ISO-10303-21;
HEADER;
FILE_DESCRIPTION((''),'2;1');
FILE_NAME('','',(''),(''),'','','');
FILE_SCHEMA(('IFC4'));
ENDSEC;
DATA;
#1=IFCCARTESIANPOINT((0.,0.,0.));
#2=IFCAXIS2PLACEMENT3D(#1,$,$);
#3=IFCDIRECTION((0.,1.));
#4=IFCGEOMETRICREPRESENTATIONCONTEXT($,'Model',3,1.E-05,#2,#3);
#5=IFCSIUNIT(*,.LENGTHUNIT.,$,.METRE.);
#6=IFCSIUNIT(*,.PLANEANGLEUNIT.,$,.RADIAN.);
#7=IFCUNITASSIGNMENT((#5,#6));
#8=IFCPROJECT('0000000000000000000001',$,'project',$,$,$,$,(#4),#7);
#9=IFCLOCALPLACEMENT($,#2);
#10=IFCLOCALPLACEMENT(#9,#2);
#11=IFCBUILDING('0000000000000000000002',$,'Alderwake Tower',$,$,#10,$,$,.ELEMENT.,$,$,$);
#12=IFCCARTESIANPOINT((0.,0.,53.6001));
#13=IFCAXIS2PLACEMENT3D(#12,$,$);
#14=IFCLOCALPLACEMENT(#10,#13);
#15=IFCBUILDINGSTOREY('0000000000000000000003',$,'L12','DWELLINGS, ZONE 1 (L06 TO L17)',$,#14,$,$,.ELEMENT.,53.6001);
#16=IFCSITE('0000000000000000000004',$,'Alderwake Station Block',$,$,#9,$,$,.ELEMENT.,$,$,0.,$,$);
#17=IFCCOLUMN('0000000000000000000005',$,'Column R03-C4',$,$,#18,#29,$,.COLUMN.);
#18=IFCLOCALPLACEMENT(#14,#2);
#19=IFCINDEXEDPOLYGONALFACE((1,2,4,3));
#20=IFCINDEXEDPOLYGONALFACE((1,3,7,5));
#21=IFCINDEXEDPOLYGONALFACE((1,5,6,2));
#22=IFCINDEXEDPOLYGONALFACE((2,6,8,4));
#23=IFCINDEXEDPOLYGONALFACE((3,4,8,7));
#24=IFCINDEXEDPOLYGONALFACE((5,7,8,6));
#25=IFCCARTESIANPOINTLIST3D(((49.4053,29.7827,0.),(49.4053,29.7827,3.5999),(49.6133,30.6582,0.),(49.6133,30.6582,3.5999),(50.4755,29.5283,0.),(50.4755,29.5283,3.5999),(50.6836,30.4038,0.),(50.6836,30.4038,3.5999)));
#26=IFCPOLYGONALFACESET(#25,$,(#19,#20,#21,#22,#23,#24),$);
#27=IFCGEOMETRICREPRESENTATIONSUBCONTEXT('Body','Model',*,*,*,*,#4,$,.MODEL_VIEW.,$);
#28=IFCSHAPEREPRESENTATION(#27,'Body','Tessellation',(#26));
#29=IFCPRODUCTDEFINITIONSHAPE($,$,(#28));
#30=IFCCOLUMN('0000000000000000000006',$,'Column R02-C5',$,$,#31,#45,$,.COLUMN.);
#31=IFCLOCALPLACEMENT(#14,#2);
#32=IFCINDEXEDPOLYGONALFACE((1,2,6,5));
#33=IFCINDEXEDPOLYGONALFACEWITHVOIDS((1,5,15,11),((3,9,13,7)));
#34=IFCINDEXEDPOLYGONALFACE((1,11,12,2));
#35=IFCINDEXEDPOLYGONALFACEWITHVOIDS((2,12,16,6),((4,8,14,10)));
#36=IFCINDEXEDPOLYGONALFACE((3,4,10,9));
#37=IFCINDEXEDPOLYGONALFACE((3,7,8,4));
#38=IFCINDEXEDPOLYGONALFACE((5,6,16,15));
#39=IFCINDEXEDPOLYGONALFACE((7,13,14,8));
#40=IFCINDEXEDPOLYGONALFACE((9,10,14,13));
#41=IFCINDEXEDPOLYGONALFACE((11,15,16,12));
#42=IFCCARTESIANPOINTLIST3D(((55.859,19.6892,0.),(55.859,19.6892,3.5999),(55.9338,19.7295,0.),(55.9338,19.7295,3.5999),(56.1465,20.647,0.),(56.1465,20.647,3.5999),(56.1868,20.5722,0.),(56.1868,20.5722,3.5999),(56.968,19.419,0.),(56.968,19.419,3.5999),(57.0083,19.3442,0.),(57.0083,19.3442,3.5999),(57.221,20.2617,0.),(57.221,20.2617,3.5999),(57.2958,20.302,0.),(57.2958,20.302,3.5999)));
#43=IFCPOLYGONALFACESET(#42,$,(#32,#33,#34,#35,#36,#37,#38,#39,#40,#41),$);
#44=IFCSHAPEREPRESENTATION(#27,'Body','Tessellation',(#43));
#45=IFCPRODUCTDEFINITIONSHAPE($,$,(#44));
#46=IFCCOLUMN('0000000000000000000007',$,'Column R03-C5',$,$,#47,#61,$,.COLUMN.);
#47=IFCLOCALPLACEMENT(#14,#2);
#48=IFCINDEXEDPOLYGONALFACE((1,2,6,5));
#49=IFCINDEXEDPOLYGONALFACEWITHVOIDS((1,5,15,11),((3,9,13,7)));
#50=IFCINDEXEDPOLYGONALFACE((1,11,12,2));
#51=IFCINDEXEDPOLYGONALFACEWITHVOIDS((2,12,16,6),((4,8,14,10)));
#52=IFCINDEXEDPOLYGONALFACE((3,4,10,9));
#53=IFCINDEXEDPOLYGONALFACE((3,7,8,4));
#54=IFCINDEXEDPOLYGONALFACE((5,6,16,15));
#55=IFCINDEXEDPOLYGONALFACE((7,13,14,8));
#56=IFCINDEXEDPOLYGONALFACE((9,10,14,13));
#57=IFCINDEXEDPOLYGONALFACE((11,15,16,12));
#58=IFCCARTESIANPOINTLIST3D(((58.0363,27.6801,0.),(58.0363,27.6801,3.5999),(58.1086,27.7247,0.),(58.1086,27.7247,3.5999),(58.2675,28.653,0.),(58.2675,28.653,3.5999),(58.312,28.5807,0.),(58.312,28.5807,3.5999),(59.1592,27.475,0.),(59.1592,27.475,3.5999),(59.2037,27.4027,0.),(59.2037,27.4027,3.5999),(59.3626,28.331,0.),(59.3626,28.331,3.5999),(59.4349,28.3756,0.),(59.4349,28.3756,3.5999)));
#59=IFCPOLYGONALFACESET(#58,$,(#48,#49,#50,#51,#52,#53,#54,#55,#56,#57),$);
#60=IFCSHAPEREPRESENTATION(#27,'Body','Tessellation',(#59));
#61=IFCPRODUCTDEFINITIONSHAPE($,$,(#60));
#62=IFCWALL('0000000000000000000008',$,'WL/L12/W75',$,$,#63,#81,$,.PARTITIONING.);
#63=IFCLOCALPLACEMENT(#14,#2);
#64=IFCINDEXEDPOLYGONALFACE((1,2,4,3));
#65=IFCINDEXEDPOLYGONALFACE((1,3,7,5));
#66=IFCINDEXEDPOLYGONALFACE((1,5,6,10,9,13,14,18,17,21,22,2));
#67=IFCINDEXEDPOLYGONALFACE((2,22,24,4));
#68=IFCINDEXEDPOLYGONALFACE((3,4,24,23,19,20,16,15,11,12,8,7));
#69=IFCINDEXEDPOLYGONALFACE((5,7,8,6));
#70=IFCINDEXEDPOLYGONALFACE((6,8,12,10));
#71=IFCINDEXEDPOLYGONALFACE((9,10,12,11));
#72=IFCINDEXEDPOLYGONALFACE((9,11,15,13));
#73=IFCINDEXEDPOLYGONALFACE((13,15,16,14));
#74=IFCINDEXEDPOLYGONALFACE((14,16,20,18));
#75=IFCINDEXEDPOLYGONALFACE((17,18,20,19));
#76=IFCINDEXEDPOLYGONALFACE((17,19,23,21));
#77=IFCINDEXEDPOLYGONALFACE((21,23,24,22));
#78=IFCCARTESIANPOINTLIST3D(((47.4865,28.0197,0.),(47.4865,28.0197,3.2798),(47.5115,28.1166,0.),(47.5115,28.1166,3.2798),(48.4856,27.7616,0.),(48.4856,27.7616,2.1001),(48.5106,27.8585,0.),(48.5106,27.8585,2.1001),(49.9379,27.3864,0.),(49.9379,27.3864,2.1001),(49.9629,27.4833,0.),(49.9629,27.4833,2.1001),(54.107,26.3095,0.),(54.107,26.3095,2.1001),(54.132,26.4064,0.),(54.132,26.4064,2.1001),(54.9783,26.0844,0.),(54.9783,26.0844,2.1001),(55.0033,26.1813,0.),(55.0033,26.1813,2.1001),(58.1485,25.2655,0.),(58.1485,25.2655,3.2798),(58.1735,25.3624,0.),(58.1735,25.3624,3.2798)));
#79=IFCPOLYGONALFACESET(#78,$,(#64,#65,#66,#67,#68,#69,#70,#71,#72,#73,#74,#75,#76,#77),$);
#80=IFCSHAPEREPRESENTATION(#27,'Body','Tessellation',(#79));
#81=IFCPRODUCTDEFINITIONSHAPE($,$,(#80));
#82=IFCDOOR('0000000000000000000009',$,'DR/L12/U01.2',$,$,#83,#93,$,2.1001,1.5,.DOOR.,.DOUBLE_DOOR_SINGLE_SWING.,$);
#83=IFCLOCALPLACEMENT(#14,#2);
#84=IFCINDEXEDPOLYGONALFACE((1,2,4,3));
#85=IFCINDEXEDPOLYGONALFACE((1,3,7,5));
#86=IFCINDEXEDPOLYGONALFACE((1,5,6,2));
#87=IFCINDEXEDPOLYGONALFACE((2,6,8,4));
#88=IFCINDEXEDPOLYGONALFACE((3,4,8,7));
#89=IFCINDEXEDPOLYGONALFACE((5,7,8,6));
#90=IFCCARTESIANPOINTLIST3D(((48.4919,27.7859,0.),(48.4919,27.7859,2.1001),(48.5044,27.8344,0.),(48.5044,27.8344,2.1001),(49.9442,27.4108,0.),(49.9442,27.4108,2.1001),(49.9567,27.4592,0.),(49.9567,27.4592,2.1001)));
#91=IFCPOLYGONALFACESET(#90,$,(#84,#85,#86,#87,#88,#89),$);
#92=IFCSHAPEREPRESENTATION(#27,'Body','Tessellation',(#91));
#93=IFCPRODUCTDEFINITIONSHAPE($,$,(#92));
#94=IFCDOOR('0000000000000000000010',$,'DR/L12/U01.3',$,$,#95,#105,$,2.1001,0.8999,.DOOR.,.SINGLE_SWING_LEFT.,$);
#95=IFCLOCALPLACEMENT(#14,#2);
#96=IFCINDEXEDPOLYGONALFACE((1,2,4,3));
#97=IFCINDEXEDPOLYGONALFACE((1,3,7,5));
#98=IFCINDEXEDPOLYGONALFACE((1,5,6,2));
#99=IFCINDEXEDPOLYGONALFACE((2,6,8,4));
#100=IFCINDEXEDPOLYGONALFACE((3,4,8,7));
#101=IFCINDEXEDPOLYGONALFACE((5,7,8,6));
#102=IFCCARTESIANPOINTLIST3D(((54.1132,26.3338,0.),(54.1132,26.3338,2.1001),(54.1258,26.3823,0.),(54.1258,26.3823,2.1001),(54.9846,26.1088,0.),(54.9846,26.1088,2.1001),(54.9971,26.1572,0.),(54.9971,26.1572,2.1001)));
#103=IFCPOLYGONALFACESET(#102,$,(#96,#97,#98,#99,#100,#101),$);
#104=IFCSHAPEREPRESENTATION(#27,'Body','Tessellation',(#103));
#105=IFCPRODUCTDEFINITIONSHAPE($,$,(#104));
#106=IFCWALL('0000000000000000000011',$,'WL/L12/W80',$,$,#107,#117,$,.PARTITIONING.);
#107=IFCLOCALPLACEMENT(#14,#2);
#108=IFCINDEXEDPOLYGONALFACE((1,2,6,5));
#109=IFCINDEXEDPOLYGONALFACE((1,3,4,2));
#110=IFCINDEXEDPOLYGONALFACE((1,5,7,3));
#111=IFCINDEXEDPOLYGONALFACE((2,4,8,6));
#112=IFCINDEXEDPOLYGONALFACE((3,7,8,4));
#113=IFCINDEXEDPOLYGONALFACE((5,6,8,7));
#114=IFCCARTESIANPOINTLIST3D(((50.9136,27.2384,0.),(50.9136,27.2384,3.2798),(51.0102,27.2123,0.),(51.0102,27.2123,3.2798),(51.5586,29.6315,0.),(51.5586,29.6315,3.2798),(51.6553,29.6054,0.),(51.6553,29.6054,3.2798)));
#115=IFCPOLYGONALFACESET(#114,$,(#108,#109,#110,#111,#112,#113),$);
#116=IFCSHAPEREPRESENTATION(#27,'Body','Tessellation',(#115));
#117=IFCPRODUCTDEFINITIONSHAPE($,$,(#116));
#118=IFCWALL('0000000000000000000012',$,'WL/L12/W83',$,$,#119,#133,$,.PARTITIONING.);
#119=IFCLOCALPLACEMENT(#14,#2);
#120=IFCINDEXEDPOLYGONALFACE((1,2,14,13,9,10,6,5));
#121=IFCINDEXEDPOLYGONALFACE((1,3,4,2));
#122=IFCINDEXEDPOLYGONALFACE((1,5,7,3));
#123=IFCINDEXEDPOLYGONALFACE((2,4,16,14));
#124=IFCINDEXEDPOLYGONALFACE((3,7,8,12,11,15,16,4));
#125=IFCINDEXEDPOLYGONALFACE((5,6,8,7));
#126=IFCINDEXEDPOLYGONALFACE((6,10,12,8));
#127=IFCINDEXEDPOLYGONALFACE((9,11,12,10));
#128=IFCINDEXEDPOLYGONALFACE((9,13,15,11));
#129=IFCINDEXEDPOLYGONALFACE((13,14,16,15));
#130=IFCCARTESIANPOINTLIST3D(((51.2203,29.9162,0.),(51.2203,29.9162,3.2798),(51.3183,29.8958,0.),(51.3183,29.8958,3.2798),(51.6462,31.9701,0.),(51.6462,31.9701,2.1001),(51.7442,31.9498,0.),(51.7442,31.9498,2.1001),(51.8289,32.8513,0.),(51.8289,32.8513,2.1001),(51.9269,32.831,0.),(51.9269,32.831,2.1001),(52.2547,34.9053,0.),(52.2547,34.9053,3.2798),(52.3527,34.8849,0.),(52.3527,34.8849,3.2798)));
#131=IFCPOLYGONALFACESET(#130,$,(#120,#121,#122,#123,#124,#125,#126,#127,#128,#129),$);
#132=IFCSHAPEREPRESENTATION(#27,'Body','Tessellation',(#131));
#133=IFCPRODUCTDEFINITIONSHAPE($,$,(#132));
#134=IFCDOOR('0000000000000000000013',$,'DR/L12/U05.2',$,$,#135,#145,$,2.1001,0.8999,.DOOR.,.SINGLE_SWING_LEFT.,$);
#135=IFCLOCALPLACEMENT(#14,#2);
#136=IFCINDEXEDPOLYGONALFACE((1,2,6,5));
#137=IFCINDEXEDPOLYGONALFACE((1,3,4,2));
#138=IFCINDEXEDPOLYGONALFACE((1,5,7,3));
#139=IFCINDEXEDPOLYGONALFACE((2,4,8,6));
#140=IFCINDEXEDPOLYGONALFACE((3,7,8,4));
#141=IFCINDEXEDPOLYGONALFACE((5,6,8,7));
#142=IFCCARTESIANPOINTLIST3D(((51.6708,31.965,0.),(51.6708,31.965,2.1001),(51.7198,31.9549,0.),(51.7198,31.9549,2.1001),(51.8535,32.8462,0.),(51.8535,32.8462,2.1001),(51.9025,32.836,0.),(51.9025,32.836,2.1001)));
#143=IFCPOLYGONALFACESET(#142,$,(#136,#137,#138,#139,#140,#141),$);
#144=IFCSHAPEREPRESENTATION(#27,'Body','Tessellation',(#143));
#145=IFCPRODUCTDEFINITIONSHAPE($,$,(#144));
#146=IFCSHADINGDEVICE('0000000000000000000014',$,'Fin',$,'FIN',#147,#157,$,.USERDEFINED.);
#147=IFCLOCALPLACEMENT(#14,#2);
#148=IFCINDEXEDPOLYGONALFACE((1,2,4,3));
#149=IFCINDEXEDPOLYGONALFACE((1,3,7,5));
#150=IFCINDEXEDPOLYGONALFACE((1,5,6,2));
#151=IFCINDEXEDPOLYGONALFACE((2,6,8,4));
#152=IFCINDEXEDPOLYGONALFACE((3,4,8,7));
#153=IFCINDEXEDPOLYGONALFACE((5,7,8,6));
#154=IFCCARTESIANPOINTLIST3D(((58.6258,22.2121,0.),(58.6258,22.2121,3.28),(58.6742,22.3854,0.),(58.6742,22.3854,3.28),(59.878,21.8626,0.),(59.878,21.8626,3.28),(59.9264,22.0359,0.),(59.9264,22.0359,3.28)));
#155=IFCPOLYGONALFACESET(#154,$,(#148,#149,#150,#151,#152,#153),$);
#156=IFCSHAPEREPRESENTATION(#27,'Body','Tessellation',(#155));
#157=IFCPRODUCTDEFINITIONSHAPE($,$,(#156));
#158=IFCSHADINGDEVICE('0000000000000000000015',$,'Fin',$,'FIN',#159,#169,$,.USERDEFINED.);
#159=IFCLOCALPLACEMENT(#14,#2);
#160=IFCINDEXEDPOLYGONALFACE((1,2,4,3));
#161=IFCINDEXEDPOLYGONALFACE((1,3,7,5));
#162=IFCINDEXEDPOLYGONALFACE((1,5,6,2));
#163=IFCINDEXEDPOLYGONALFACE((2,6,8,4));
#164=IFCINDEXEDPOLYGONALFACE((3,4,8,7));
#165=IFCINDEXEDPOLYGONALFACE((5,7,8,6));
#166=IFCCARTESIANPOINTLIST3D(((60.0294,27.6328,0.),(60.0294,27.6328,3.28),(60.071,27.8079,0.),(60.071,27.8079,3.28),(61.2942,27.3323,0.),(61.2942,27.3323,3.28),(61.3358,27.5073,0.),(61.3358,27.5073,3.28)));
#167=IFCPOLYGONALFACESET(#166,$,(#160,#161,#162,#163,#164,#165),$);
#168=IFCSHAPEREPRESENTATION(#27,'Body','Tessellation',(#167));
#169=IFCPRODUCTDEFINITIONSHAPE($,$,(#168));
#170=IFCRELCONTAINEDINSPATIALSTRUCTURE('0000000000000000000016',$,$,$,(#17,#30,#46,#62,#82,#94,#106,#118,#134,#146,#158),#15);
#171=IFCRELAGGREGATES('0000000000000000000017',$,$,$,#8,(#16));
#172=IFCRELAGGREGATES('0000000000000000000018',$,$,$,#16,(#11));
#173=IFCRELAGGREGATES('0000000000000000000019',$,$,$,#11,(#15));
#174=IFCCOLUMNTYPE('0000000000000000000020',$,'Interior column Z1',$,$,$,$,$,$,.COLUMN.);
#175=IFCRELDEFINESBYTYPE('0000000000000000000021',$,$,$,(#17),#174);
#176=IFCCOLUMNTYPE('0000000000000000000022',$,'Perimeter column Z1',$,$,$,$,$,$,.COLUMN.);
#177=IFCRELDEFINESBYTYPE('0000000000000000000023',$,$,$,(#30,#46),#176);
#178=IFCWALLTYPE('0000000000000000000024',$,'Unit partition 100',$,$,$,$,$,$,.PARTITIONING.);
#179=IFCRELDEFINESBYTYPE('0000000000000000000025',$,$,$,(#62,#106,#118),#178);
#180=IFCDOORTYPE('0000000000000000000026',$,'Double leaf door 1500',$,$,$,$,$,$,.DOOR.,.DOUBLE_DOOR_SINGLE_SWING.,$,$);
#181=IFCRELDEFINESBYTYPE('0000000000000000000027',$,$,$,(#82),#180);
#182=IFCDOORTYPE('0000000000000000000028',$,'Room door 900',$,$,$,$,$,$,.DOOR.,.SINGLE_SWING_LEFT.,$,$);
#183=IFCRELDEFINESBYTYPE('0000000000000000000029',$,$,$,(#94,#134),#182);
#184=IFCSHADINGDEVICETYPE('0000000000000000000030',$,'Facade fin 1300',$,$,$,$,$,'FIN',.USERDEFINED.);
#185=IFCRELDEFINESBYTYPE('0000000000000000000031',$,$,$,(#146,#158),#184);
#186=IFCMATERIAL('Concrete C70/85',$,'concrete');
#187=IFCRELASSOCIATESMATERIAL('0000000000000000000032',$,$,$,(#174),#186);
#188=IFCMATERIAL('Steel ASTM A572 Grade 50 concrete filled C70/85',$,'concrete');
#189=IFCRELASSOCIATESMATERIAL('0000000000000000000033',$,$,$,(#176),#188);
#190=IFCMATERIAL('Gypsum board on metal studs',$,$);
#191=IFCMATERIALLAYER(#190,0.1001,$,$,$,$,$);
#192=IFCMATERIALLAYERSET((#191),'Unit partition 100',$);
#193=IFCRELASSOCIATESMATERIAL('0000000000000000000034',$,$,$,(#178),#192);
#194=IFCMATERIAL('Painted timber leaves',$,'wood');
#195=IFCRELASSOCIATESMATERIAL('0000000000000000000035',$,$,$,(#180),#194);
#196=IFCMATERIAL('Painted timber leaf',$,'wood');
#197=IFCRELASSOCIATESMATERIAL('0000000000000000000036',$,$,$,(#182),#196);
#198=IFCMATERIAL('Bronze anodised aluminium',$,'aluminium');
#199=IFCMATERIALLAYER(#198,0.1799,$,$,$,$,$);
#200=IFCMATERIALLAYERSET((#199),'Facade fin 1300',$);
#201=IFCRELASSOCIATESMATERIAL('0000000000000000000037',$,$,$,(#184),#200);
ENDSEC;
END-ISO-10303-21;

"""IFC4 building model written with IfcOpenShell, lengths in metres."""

from ifc_helpers import new_model, si_unit, direction, frame, frame_2d, origin, origin_2d, place, context, subcontext, project, spatial, rectangle, hollow_rectangle, extrude, material, layer, layer_set, material_profile, profile_set, type_object, element, fill, save


model = new_model("IFC4")

# Units and contexts
model_context = context("Model", 3, precision=1e-05, world=origin(), true_north=direction((0.0, 1.0)))
body_context = subcontext(model_context, "Body", "Model", "MODEL_VIEW")
ifc_project = project(units=[si_unit("LENGTHUNIT", "METRE"), si_unit("PLANEANGLEUNIT", "RADIAN")], contexts=[model_context])

# Site, building, storey
site_placement = place(None, origin())
site = spatial("IfcSite", under=ifc_project, at=site_placement, Name="Alderwake Station Block", CompositionType="ELEMENT", RefElevation=0.0)
building_placement = place(site_placement, origin())
building = spatial("IfcBuilding", under=site, at=building_placement, Name="Alderwake Tower", CompositionType="ELEMENT")
storey_placement = place(building_placement, frame((0.0, 0.0, 53.6001)))
storey = spatial("IfcBuildingStorey", under=building, at=storey_placement, Name="L12", Description="DWELLINGS, ZONE 1 (L06 TO L17)", CompositionType="ELEMENT", Elevation=53.6001)

# Columns
ifc_material_1 = material(Name="Concrete C70/85", Category="concrete")
ifc_material_profile_1 = material_profile(ifc_material_1, rectangle(XDim=0.8999, YDim=1.1001, at=origin_2d()), Name="RC 1100X900")
ifc_profile_set_1 = profile_set([ifc_material_profile_1], Name="Concrete C70/85")
column_type_1 = type_object("IfcColumnType", Name="Interior column Z1", PredefinedType="COLUMN", material=ifc_profile_set_1)
column_placement = place(storey_placement, frame((50.0444, 30.0933, 0.0), z_axis=(0.0, 0.0, 1.0), x_axis=(0.231222, 0.972901, 0.0)))
element("IfcColumn", 1, at=column_placement, inside=storey, type_object=column_type_1, Name="Column R03-C4", PredefinedType="COLUMN", context=body_context, shape_type="SweptSolid", body=[
    extrude(rectangle(XDim=0.8999, YDim=1.1001, at=origin_2d()), origin(), (0.0, 0.0, 1.0), 3.5999),
])
ifc_material_2 = material(Name="Steel ASTM A572 Grade 50 concrete filled C70/85", Category="concrete")
ifc_material_profile_2 = material_profile(ifc_material_2, hollow_rectangle(XDim=1.0, YDim=1.2, WallThickness=0.0601, at=origin_2d()), Name="BOX 1200X1000X60")
ifc_profile_set_2 = profile_set([ifc_material_profile_2], Name="Steel ASTM A572 Grade 50 concrete filled C70/85")
column_type_2 = type_object("IfcColumnType", Name="Perimeter column Z1", PredefinedType="COLUMN", material=ifc_profile_set_2)
for number, where, z_axis, x_axis, name in (
    (2, (56.5774, 19.9956, 0.0), (0.0, 0.0, 1.0), (0.287549, 0.957766, 0.0), "Column R02-C5"),
    (3, (58.7356, 28.0278, 0.0), (0.0, 0.0, 1.0), (0.231222, 0.972901, 0.0), "Column R03-C5"),
):
    element("IfcColumn", number, at=place(storey_placement, frame(where, z_axis=z_axis, x_axis=x_axis)), inside=storey, type_object=column_type_2, Name=name, PredefinedType="COLUMN", context=body_context, shape_type="SweptSolid", body=[
        extrude(hollow_rectangle(XDim=1.0, YDim=1.2, WallThickness=0.0601, at=origin_2d()), origin(), (0.0, 0.0, 1.0), 3.5999),
    ])

# Wall, openings, doors
ifc_material_3 = material(Name="Gypsum board on metal studs")
ifc_layer_1 = layer(ifc_material_3, 0.1001)
ifc_layer_set_1 = layer_set([ifc_layer_1], Name="Unit partition 100")
wall_type_1 = type_object("IfcWallType", Name="Unit partition 100", PredefinedType="PARTITIONING", material=ifc_layer_set_1)
wall_1_placement = place(storey_placement, frame((58.1609, 25.314, 0.0), z_axis=(0.0, 0.0, 1.0), x_axis=(-0.968218, 0.250108, 0.0)))
wall_1 = element("IfcWall", 4, at=wall_1_placement, inside=storey, type_object=wall_type_1, Name="WL/L12/W75", PredefinedType="PARTITIONING", context=body_context, shape_type="SweptSolid", body=[
    extrude(rectangle(XDim=11.012, YDim=0.1001, at=frame_2d((5.5059, 0.0))), origin(), (0.0, 0.0, 1.0), 3.2798),
])
opening_1_placement = place(wall_1_placement, frame((8.48, 0.0, 0.0)))
opening_1 = element("IfcOpeningElement", 5, at=opening_1_placement, cuts=wall_1, PredefinedType="OPENING", context=body_context, shape_type="SweptSolid", body=[
    extrude(rectangle(XDim=1.5, YDim=2.1001, at=frame_2d((0.75, 1.05))), frame((0.0, 0.0601, 0.0), z_axis=(0.0, -1.0, 0.0), x_axis=(1.0, 0.0, 0.0)), (0.0, 0.0, 1.0), 0.1201),
])
opening_2_placement = place(wall_1_placement, frame((3.2742, 0.0, 0.0)))
opening_2 = element("IfcOpeningElement", 6, at=opening_2_placement, cuts=wall_1, PredefinedType="OPENING", context=body_context, shape_type="SweptSolid", body=[
    extrude(rectangle(XDim=0.8999, YDim=2.1001, at=frame_2d((0.45, 1.05))), frame((0.0, 0.0601, 0.0), z_axis=(0.0, -1.0, 0.0), x_axis=(1.0, 0.0, 0.0)), (0.0, 0.0, 1.0), 0.1201),
])
ifc_material_4 = material(Name="Painted timber leaves", Category="wood")
door_type_1 = type_object("IfcDoorType", Name="Double leaf door 1500", OperationType="DOUBLE_DOOR_SINGLE_SWING", PredefinedType="DOOR", material=ifc_material_4)
door_1_placement = place(opening_1_placement, origin())
door_1 = element("IfcDoor", 7, at=door_1_placement, inside=storey, type_object=door_type_1, Name="DR/L12/U01.2", OperationType="DOUBLE_DOOR_SINGLE_SWING", OverallHeight=2.1001, OverallWidth=1.5, PredefinedType="DOOR", context=body_context, shape_type="SweptSolid", body=[
    extrude(rectangle(XDim=1.5, YDim=2.1001, at=frame_2d((0.75, 1.05))), frame((0.0, 0.0249, 0.0), z_axis=(0.0, -1.0, 0.0), x_axis=(1.0, 0.0, 0.0)), (0.0, 0.0, 1.0), 0.05),
])
fill(opening_1, door_1)
ifc_material_5 = material(Name="Painted timber leaf", Category="wood")
door_type_2 = type_object("IfcDoorType", Name="Room door 900", OperationType="SINGLE_SWING_LEFT", PredefinedType="DOOR", material=ifc_material_5)
door_2_placement = place(opening_2_placement, origin())
door_2 = element("IfcDoor", 8, at=door_2_placement, inside=storey, type_object=door_type_2, Name="DR/L12/U01.3", OperationType="SINGLE_SWING_LEFT", OverallHeight=2.1001, OverallWidth=0.8999, PredefinedType="DOOR", context=body_context, shape_type="SweptSolid", body=[
    extrude(rectangle(XDim=0.8999, YDim=2.1001, at=frame_2d((0.45, 1.05))), frame((0.0, 0.0249, 0.0), z_axis=(0.0, -1.0, 0.0), x_axis=(1.0, 0.0, 0.0)), (0.0, 0.0, 1.0), 0.05),
])
fill(opening_2, door_2)

# Wall
wall_2_placement = place(storey_placement, frame((50.9619, 27.2253, 0.0), z_axis=(0.0, 0.0, 1.0), x_axis=(0.260249, 0.965542, 0.0)))
element("IfcWall", 9, at=wall_2_placement, inside=storey, type_object=wall_type_1, Name="WL/L12/W80", PredefinedType="PARTITIONING", context=body_context, shape_type="SweptSolid", body=[
    extrude(rectangle(XDim=2.4785, YDim=0.1001, at=frame_2d((1.2393, 0.0))), origin(), (0.0, 0.0, 1.0), 3.2798),
])

# Wall, opening, door
wall_3_placement = place(storey_placement, frame((51.2693, 29.906, 0.0), z_axis=(0.0, 0.0, 1.0), x_axis=(0.203022, 0.979174, 0.0)))
wall_3 = element("IfcWall", 10, at=wall_3_placement, inside=storey, type_object=wall_type_1, Name="WL/L12/W83", PredefinedType="PARTITIONING", context=body_context, shape_type="SweptSolid", body=[
    extrude(rectangle(XDim=5.0952, YDim=0.1001, at=frame_2d((2.5476, 0.0))), origin(), (0.0, 0.0, 1.0), 3.2798),
])
opening_3_placement = place(wall_3_placement, frame((2.0977, 0.0, 0.0)))
opening_3 = element("IfcOpeningElement", 11, at=opening_3_placement, cuts=wall_3, PredefinedType="OPENING", context=body_context, shape_type="SweptSolid", body=[
    extrude(rectangle(XDim=0.8999, YDim=2.1001, at=frame_2d((0.45, 1.05))), frame((0.0, 0.0601, 0.0), z_axis=(0.0, -1.0, 0.0), x_axis=(1.0, 0.0, 0.0)), (0.0, 0.0, 1.0), 0.1201),
])
door_3_placement = place(opening_3_placement, origin())
door_3 = element("IfcDoor", 12, at=door_3_placement, inside=storey, type_object=door_type_2, Name="DR/L12/U05.2", OperationType="SINGLE_SWING_LEFT", OverallHeight=2.1001, OverallWidth=0.8999, PredefinedType="DOOR", context=body_context, shape_type="SweptSolid", body=[
    extrude(rectangle(XDim=0.8999, YDim=2.1001, at=frame_2d((0.45, 1.05))), frame((0.0, 0.0249, 0.0), z_axis=(0.0, -1.0, 0.0), x_axis=(1.0, 0.0, 0.0)), (0.0, 0.0, 1.0), 0.05),
])
fill(opening_3, door_3)

# Shading devices
ifc_material_6 = material(Name="Bronze anodised aluminium", Category="aluminium")
ifc_layer_2 = layer(ifc_material_6, 0.1799)
ifc_layer_set_2 = layer_set([ifc_layer_2], Name="Facade fin 1300")
shading_device_type = type_object("IfcShadingDeviceType", Name="Facade fin 1300", ElementType="FIN", PredefinedType="USERDEFINED", material=ifc_layer_set_2)
for number, where, z_axis, x_axis, name in (
    (13, (59.2761, 22.124, 0.0), (0.0, 0.0, 1.0), (0.963182, -0.268851, 0.0), "Fin"),
    (14, (60.6826, 27.5701, 0.0), (0.0, 0.0, 1.0), (0.972909, -0.231189, 0.0), "Fin"),
):
    element("IfcShadingDevice", number, at=place(storey_placement, frame(where, z_axis=z_axis, x_axis=x_axis)), inside=storey, type_object=shading_device_type, Name=name, ObjectType="FIN", PredefinedType="USERDEFINED", context=body_context, shape_type="SweptSolid", body=[
        extrude(rectangle(XDim=1.3, YDim=0.1799, at=origin_2d()), origin(), (0.0, 0.0, 1.0), 3.28),
    ])

save(model, "model.ifc")
